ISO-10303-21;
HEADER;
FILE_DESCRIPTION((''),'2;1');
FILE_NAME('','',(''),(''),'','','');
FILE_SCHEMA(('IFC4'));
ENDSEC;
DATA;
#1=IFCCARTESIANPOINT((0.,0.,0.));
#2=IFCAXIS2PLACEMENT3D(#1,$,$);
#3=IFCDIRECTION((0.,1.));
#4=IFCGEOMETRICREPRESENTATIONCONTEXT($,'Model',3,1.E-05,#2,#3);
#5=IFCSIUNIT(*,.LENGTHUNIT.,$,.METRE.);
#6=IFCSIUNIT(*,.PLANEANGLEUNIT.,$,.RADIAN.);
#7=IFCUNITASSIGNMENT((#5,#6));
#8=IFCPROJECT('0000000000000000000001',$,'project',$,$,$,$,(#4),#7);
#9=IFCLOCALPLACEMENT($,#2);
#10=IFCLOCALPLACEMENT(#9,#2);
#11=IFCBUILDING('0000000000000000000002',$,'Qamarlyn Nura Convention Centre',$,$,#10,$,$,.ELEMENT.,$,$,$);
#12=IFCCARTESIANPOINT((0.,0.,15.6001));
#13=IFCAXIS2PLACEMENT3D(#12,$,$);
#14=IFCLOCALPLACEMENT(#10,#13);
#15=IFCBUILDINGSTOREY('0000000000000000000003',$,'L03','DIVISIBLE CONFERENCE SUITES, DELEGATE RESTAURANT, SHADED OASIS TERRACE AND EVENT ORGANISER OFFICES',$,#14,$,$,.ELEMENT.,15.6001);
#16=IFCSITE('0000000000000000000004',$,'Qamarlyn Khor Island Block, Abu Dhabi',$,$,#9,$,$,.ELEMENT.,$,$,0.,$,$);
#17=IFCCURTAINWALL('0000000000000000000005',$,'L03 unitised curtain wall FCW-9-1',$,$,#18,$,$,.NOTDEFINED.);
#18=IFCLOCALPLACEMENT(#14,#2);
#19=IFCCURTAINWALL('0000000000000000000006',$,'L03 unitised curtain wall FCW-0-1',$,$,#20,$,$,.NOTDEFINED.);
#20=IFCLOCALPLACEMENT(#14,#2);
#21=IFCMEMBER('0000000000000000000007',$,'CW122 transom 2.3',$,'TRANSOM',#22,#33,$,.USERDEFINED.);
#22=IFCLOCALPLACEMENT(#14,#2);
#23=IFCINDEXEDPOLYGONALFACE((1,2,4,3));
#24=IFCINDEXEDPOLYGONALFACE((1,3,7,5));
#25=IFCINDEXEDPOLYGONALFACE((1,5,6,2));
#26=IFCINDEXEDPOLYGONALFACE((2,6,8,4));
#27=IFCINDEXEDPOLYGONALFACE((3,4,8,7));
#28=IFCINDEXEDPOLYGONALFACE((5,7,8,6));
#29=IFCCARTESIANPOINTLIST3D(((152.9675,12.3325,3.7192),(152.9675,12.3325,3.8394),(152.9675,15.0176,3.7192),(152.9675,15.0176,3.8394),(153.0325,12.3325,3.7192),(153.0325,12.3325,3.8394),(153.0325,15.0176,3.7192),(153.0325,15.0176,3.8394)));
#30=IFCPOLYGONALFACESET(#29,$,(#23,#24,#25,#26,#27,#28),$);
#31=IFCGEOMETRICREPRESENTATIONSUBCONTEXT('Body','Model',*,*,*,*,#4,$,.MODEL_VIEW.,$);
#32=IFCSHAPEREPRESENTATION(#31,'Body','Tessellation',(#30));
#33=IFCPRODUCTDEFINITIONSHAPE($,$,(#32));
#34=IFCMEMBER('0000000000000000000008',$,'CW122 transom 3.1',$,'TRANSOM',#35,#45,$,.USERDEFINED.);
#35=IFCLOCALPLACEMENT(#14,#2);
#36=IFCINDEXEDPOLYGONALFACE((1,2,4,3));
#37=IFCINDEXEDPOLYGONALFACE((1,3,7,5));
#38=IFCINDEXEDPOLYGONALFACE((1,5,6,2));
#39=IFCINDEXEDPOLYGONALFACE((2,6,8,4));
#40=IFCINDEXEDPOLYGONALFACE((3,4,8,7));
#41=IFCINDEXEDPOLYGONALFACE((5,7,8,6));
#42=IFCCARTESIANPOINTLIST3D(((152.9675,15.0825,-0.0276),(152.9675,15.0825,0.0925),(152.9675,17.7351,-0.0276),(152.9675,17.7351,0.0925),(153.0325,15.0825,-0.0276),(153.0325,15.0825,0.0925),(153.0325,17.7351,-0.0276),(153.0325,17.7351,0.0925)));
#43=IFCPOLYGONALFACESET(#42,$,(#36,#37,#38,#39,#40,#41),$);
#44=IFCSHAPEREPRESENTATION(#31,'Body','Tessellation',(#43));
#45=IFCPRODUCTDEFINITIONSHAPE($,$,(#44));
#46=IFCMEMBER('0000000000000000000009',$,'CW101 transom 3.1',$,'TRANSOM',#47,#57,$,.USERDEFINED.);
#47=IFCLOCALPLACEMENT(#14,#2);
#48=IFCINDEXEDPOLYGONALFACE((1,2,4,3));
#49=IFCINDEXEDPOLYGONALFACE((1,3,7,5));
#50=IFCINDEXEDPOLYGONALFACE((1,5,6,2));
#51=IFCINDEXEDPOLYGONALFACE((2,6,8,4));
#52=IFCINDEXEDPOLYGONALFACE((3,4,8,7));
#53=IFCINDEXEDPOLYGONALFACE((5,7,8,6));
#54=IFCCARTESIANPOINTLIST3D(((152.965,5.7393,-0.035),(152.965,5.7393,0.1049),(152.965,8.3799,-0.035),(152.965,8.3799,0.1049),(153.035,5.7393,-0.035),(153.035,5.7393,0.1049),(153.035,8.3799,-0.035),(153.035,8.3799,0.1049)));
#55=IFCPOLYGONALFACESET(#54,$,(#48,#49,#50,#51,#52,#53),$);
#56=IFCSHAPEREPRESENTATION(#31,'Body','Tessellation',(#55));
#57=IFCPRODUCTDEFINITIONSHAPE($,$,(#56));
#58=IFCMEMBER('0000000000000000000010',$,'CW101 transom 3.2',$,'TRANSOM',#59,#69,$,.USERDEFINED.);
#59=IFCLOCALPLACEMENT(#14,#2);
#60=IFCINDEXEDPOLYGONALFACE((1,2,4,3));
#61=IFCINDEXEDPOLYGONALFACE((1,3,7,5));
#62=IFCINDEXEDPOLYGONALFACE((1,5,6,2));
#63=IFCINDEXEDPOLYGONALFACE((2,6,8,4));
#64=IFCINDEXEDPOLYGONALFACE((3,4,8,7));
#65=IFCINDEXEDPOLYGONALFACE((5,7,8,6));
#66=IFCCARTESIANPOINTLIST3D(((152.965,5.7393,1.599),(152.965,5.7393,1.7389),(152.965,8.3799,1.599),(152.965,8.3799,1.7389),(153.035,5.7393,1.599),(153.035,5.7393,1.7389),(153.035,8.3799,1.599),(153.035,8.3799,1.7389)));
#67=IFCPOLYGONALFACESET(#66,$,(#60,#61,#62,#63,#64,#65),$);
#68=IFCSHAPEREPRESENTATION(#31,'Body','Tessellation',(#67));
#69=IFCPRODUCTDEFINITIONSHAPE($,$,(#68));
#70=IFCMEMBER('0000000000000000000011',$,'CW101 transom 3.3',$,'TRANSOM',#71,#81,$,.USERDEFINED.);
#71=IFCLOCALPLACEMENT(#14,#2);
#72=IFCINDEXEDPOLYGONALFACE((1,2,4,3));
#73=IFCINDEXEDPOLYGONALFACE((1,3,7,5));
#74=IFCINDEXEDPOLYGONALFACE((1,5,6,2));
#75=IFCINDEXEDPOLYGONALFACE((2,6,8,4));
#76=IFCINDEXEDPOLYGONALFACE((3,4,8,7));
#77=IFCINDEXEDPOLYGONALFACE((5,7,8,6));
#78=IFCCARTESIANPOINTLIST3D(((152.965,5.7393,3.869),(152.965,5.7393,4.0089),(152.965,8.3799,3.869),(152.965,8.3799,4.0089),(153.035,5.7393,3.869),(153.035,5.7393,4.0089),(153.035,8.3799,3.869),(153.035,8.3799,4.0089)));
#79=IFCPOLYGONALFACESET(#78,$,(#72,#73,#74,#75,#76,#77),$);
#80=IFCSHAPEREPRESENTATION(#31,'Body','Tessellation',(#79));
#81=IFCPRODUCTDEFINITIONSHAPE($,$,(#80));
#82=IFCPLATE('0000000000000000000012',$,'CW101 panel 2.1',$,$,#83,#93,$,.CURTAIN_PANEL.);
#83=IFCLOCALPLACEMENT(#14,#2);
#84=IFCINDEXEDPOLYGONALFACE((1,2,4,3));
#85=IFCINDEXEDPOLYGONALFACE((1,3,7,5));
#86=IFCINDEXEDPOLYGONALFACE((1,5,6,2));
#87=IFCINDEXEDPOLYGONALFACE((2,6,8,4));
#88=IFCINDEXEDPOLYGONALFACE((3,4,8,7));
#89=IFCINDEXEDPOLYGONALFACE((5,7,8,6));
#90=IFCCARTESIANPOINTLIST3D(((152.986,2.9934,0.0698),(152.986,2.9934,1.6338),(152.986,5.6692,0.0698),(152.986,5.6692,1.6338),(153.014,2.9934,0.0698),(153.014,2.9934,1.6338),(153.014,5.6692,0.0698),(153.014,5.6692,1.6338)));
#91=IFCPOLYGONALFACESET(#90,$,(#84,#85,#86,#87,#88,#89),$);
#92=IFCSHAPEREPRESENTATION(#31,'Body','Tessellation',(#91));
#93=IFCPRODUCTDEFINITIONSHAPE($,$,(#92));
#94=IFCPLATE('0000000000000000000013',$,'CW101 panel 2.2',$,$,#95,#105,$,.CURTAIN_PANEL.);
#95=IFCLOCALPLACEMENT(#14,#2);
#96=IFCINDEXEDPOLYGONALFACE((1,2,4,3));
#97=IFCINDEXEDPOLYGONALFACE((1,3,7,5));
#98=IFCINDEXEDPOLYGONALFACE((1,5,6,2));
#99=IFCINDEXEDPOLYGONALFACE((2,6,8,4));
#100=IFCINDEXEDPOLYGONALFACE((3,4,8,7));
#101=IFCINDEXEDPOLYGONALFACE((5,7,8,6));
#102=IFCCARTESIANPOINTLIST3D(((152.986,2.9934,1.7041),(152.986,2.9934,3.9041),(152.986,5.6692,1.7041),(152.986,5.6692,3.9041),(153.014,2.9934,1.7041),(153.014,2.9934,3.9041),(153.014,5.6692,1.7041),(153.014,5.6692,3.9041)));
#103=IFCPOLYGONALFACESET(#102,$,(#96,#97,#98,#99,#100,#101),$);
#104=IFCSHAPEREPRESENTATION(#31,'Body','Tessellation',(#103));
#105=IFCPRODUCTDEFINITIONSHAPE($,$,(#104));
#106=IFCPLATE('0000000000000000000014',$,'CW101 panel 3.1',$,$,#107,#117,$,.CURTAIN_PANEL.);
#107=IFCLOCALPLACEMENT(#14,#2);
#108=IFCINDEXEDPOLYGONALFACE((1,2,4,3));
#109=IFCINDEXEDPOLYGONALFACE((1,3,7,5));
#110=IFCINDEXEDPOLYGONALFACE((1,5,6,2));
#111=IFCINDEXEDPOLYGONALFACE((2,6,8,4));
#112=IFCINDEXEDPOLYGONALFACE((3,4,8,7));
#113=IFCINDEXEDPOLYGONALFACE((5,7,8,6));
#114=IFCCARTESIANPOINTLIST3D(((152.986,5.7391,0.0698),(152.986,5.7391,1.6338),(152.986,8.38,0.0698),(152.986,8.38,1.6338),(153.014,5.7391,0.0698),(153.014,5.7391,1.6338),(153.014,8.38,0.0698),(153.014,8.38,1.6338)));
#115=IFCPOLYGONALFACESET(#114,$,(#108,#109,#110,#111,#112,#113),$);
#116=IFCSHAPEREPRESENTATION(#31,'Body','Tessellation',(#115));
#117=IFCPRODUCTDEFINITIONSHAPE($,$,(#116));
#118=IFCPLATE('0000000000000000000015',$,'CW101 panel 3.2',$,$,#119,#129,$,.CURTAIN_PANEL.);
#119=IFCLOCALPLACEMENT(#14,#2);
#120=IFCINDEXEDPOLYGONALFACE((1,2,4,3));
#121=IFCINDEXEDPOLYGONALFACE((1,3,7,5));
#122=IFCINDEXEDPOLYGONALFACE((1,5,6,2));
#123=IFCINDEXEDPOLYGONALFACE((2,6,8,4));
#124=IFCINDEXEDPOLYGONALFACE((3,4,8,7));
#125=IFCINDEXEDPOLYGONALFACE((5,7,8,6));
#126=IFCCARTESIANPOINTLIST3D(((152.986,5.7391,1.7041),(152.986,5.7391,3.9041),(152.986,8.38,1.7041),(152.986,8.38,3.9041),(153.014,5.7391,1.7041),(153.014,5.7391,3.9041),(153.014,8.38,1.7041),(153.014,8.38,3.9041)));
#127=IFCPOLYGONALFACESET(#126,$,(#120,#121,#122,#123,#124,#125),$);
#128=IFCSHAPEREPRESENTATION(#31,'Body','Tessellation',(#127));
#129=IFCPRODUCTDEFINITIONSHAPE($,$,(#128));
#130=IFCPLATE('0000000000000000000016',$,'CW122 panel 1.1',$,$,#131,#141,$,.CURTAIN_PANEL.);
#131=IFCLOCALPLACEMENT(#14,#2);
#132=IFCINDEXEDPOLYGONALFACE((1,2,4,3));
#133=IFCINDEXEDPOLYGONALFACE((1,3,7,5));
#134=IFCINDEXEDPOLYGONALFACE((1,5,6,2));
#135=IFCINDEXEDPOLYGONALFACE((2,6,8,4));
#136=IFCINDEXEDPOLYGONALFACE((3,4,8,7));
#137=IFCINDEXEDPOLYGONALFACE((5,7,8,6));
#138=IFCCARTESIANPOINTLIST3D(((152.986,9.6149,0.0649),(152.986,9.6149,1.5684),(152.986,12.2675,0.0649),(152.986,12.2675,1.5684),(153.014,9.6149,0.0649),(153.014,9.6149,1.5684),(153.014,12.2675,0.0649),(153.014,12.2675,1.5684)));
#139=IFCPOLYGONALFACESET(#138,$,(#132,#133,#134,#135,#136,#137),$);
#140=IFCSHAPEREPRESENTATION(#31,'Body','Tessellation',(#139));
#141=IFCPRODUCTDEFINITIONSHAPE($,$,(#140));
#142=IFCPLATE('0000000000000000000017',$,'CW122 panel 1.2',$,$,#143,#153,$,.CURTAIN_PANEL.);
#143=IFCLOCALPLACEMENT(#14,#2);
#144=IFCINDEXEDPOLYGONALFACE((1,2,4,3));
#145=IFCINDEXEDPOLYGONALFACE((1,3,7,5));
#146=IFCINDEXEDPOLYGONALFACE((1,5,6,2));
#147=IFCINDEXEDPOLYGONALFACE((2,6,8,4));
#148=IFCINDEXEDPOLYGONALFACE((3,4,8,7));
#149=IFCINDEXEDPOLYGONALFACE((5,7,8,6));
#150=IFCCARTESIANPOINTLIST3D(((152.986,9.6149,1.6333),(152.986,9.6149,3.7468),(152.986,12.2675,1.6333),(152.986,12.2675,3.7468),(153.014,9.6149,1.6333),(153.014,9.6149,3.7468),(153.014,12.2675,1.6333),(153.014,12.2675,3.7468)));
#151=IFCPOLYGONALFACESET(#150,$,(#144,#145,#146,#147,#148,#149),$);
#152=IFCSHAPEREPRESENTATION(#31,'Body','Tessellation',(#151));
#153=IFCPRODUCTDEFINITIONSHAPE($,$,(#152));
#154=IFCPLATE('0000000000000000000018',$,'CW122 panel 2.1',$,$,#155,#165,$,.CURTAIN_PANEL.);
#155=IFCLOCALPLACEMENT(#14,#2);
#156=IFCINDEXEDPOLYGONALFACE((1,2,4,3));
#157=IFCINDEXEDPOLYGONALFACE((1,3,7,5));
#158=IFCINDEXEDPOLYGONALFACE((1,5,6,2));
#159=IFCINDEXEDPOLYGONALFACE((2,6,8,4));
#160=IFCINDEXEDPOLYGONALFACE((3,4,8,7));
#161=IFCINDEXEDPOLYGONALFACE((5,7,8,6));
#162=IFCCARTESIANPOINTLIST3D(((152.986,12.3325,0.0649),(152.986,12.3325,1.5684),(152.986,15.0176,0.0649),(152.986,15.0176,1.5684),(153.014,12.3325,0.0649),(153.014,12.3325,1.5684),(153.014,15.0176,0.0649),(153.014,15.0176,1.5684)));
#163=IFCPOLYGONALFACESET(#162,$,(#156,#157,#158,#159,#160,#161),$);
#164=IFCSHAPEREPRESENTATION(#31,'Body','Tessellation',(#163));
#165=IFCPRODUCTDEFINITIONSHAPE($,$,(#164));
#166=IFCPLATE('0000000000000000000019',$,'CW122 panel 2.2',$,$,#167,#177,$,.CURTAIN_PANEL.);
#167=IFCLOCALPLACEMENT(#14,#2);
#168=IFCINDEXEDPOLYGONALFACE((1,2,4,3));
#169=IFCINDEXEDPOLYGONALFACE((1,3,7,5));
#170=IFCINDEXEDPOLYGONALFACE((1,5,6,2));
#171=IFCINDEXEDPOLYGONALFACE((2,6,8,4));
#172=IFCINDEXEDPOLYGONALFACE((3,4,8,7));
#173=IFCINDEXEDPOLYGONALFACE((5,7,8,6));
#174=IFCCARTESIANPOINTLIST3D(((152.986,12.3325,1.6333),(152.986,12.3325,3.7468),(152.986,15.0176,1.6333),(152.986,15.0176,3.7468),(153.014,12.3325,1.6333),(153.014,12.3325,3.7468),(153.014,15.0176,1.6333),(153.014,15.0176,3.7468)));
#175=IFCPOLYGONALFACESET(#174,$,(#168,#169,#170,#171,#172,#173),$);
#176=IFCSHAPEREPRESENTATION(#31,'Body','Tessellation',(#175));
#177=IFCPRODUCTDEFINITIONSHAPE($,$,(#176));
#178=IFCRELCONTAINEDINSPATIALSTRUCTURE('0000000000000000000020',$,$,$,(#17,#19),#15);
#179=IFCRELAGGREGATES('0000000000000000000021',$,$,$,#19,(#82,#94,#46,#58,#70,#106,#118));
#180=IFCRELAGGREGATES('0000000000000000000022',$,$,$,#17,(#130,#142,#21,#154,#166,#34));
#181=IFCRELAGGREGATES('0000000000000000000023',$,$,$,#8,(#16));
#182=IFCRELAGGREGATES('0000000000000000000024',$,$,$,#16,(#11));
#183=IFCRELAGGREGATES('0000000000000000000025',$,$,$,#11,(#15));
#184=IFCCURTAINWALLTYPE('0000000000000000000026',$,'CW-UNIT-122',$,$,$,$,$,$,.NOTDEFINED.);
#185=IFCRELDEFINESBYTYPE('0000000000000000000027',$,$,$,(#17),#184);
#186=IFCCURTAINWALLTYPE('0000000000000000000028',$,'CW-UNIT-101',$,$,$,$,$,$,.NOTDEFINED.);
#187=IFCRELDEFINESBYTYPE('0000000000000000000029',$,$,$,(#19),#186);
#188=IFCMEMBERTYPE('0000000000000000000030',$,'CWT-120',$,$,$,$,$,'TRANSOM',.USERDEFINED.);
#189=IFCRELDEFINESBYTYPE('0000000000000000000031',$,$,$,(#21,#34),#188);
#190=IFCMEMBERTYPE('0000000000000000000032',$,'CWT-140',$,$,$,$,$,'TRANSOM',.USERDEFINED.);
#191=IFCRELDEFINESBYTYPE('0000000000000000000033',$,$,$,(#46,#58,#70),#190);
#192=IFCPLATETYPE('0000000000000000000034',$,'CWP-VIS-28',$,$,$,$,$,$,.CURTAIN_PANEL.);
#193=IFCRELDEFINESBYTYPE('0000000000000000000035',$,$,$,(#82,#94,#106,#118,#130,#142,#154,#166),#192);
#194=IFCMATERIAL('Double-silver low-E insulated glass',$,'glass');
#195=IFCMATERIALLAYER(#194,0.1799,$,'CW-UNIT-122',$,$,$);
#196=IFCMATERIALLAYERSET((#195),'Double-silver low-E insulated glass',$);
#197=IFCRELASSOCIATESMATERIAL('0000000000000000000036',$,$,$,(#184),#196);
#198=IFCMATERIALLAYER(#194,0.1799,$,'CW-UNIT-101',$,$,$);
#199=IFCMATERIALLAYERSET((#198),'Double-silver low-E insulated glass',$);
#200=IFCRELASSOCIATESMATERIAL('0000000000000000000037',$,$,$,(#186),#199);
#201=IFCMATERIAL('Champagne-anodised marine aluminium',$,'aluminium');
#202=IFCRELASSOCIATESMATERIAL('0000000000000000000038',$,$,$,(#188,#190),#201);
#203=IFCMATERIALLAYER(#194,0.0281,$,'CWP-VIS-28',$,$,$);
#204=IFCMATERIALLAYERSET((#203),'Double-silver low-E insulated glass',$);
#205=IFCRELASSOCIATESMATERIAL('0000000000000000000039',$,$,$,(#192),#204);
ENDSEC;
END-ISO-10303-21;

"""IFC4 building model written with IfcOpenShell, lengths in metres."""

from ifc_helpers import new_model, si_unit, direction, frame, origin, origin_2d, place, context, subcontext, project, spatial, rectangle, extrude, material, layer, layer_set, material_profile, profile_set, type_object, element, aggregate, save


model = new_model("IFC4")

# Units and contexts
model_context = context("Model", 3, precision=1e-05, world=origin(), true_north=direction((0.0, 1.0)))
body_context = subcontext(model_context, "Body", "Model", "MODEL_VIEW")
ifc_project = project(units=[si_unit("LENGTHUNIT", "METRE"), si_unit("PLANEANGLEUNIT", "RADIAN")], contexts=[model_context])

# Site, building, storey
site_placement = place(None, origin())
site = spatial("IfcSite", under=ifc_project, at=site_placement, Name="Qamarlyn Khor Island Block, Abu Dhabi", CompositionType="ELEMENT", RefElevation=0.0)
building_placement = place(site_placement, origin())
building = spatial("IfcBuilding", under=site, at=building_placement, Name="Qamarlyn Nura Convention Centre", CompositionType="ELEMENT")
storey_placement = place(building_placement, frame((0.0, 0.0, 15.6001)))
storey = spatial("IfcBuildingStorey", under=building, at=storey_placement, Name="L03", Description="DIVISIBLE CONFERENCE SUITES, DELEGATE RESTAURANT, SHADED OASIS TERRACE AND EVENT ORGANISER OFFICES", CompositionType="ELEMENT", Elevation=15.6001)

# Curtain walls
ifc_material_1 = material(Name="Double-silver low-E insulated glass", Category="glass")
ifc_layer_1 = layer(ifc_material_1, 0.1799, Name="CW-UNIT-122")
ifc_layer_set_1 = layer_set([ifc_layer_1], Name="Double-silver low-E insulated glass")
curtain_wall_type_1 = type_object("IfcCurtainWallType", Name="CW-UNIT-122", PredefinedType="NOTDEFINED", material=ifc_layer_set_1)
curtain_wall_1_placement = place(storey_placement, origin())
curtain_wall_1 = element("IfcCurtainWall", 1, at=curtain_wall_1_placement, inside=storey, type_object=curtain_wall_type_1, Name="L03 unitised curtain wall FCW-9-1", PredefinedType="NOTDEFINED")
ifc_material_2 = material(Name="Champagne-anodised marine aluminium", Category="aluminium")
ifc_layer_2 = layer(ifc_material_1, 0.1799, Name="CW-UNIT-101")
ifc_layer_set_2 = layer_set([ifc_layer_2], Name="Double-silver low-E insulated glass")
curtain_wall_type_2 = type_object("IfcCurtainWallType", Name="CW-UNIT-101", PredefinedType="NOTDEFINED", material=ifc_layer_set_2)
curtain_wall_2_placement = place(storey_placement, origin())
curtain_wall_2 = element("IfcCurtainWall", 2, at=curtain_wall_2_placement, inside=storey, type_object=curtain_wall_type_2, Name="L03 unitised curtain wall FCW-0-1", PredefinedType="NOTDEFINED")

# Members
ifc_material_profile_1 = material_profile(ifc_material_2, rectangle(XDim=0.0649, YDim=0.1201, at=origin_2d()), Name="ALU TRANSOM 65x120")
ifc_profile_set_1 = profile_set([ifc_material_profile_1], Name="Champagne-anodised marine aluminium")
member_type_1 = type_object("IfcMemberType", Name="CWT-120", ElementType="TRANSOM", PredefinedType="USERDEFINED", material=ifc_profile_set_1)
member_1_placement = place(storey_placement, frame((153.0, 12.3325, 3.7793), z_axis=(0.0, 1.0, 0.0), x_axis=(-1.0, 0.0, 0.0)))
member_1 = element("IfcMember", 3, at=member_1_placement, type_object=member_type_1, Name="CW122 transom 2.3", ObjectType="TRANSOM", PredefinedType="USERDEFINED", context=body_context, shape_type="SweptSolid", body=[
    extrude(rectangle(XDim=0.0649, YDim=0.1201, at=origin_2d()), origin(), (0.0, 0.0, 1.0), 2.6851),
])
member_2_placement = place(storey_placement, frame((153.0, 15.0825, 0.0325), z_axis=(0.0, 1.0, 0.0), x_axis=(-1.0, 0.0, 0.0)))
member_2 = element("IfcMember", 4, at=member_2_placement, type_object=member_type_1, Name="CW122 transom 3.1", ObjectType="TRANSOM", PredefinedType="USERDEFINED", context=body_context, shape_type="SweptSolid", body=[
    extrude(rectangle(XDim=0.0649, YDim=0.1201, at=origin_2d()), origin(), (0.0, 0.0, 1.0), 2.6526),
])
ifc_material_profile_2 = material_profile(ifc_material_2, rectangle(XDim=0.0701, YDim=0.1399, at=origin_2d()), Name="ALU TRANSOM 70x140")
ifc_profile_set_2 = profile_set([ifc_material_profile_2], Name="Champagne-anodised marine aluminium")
member_type_2 = type_object("IfcMemberType", Name="CWT-140", ElementType="TRANSOM", PredefinedType="USERDEFINED", material=ifc_profile_set_2)
member_3_placement = place(storey_placement, frame((153.0, 5.7393, 0.0349), z_axis=(0.0, 1.0, 0.0), x_axis=(-1.0, 0.0, 0.0)))
member_3 = element("IfcMember", 5, at=member_3_placement, type_object=member_type_2, Name="CW101 transom 3.1", ObjectType="TRANSOM", PredefinedType="USERDEFINED", context=body_context, shape_type="SweptSolid", body=[
    extrude(rectangle(XDim=0.0701, YDim=0.1399, at=origin_2d()), origin(), (0.0, 0.0, 1.0), 2.6406),
])
member_4_placement = place(storey_placement, frame((153.0, 5.7393, 1.6689), z_axis=(0.0, 1.0, 0.0), x_axis=(-1.0, 0.0, 0.0)))
member_4 = element("IfcMember", 6, at=member_4_placement, type_object=member_type_2, Name="CW101 transom 3.2", ObjectType="TRANSOM", PredefinedType="USERDEFINED", context=body_context, shape_type="SweptSolid", body=[
    extrude(rectangle(XDim=0.0701, YDim=0.1399, at=origin_2d()), origin(), (0.0, 0.0, 1.0), 2.6406),
])
member_5_placement = place(storey_placement, frame((153.0, 5.7393, 3.939), z_axis=(0.0, 1.0, 0.0), x_axis=(-1.0, 0.0, 0.0)))
member_5 = element("IfcMember", 7, at=member_5_placement, type_object=member_type_2, Name="CW101 transom 3.3", ObjectType="TRANSOM", PredefinedType="USERDEFINED", context=body_context, shape_type="SweptSolid", body=[
    extrude(rectangle(XDim=0.0701, YDim=0.1399, at=origin_2d()), origin(), (0.0, 0.0, 1.0), 2.6406),
])

# Plates
ifc_layer_3 = layer(ifc_material_1, 0.0281, Name="CWP-VIS-28")
ifc_layer_set_3 = layer_set([ifc_layer_3], Name="Double-silver low-E insulated glass")
plate_type = type_object("IfcPlateType", Name="CWP-VIS-28", PredefinedType="CURTAIN_PANEL", material=ifc_layer_set_3)
plate_1_placement = place(storey_placement, frame((153.0, 4.3313, 0.0698), z_axis=(0.0, 0.0, 1.0), x_axis=(0.0, 1.0, 0.0)))
plate_1 = element("IfcPlate", 8, at=plate_1_placement, type_object=plate_type, Name="CW101 panel 2.1", PredefinedType="CURTAIN_PANEL", context=body_context, shape_type="SweptSolid", body=[
    extrude(rectangle(XDim=2.6758, YDim=0.0281, at=origin_2d()), origin(), (0.0, 0.0, 1.0), 1.564),
])
plate_2_placement = place(storey_placement, frame((153.0, 4.3313, 1.7041), z_axis=(0.0, 0.0, 1.0), x_axis=(0.0, 1.0, 0.0)))
plate_2 = element("IfcPlate", 9, at=plate_2_placement, type_object=plate_type, Name="CW101 panel 2.2", PredefinedType="CURTAIN_PANEL", context=body_context, shape_type="SweptSolid", body=[
    extrude(rectangle(XDim=2.6758, YDim=0.0281, at=origin_2d()), origin(), (0.0, 0.0, 1.0), 2.2),
])
plate_3_placement = place(storey_placement, frame((153.0, 7.0596, 0.0698), z_axis=(0.0, 0.0, 1.0), x_axis=(0.0, 1.0, 0.0)))
plate_3 = element("IfcPlate", 10, at=plate_3_placement, type_object=plate_type, Name="CW101 panel 3.1", PredefinedType="CURTAIN_PANEL", context=body_context, shape_type="SweptSolid", body=[
    extrude(rectangle(XDim=2.6409, YDim=0.0281, at=origin_2d()), origin(), (0.0, 0.0, 1.0), 1.564),
])
plate_4_placement = place(storey_placement, frame((153.0, 7.0596, 1.7041), z_axis=(0.0, 0.0, 1.0), x_axis=(0.0, 1.0, 0.0)))
plate_4 = element("IfcPlate", 11, at=plate_4_placement, type_object=plate_type, Name="CW101 panel 3.2", PredefinedType="CURTAIN_PANEL", context=body_context, shape_type="SweptSolid", body=[
    extrude(rectangle(XDim=2.6409, YDim=0.0281, at=origin_2d()), origin(), (0.0, 0.0, 1.0), 2.2),
])
aggregate(curtain_wall_2, [plate_1, plate_2, member_3, member_4, member_5, plate_3, plate_4])
plate_5_placement = place(storey_placement, frame((153.0, 10.9412, 0.0649), z_axis=(0.0, 0.0, 1.0), x_axis=(0.0, 1.0, 0.0)))
plate_5 = element("IfcPlate", 12, at=plate_5_placement, type_object=plate_type, Name="CW122 panel 1.1", PredefinedType="CURTAIN_PANEL", context=body_context, shape_type="SweptSolid", body=[
    extrude(rectangle(XDim=2.6526, YDim=0.0281, at=origin_2d()), origin(), (0.0, 0.0, 1.0), 1.5034),
])
plate_6_placement = place(storey_placement, frame((153.0, 10.9412, 1.6333), z_axis=(0.0, 0.0, 1.0), x_axis=(0.0, 1.0, 0.0)))
plate_6 = element("IfcPlate", 13, at=plate_6_placement, type_object=plate_type, Name="CW122 panel 1.2", PredefinedType="CURTAIN_PANEL", context=body_context, shape_type="SweptSolid", body=[
    extrude(rectangle(XDim=2.6526, YDim=0.0281, at=origin_2d()), origin(), (0.0, 0.0, 1.0), 2.1135),
])
plate_7_placement = place(storey_placement, frame((153.0, 13.675, 0.0649), z_axis=(0.0, 0.0, 1.0), x_axis=(0.0, 1.0, 0.0)))
plate_7 = element("IfcPlate", 14, at=plate_7_placement, type_object=plate_type, Name="CW122 panel 2.1", PredefinedType="CURTAIN_PANEL", context=body_context, shape_type="SweptSolid", body=[
    extrude(rectangle(XDim=2.6851, YDim=0.0281, at=origin_2d()), origin(), (0.0, 0.0, 1.0), 1.5034),
])
plate_8_placement = place(storey_placement, frame((153.0, 13.675, 1.6333), z_axis=(0.0, 0.0, 1.0), x_axis=(0.0, 1.0, 0.0)))
plate_8 = element("IfcPlate", 15, at=plate_8_placement, type_object=plate_type, Name="CW122 panel 2.2", PredefinedType="CURTAIN_PANEL", context=body_context, shape_type="SweptSolid", body=[
    extrude(rectangle(XDim=2.6851, YDim=0.0281, at=origin_2d()), origin(), (0.0, 0.0, 1.0), 2.1135),
])
aggregate(curtain_wall_1, [plate_5, plate_6, member_1, plate_7, plate_8, member_2])

save(model, "model.ifc")
